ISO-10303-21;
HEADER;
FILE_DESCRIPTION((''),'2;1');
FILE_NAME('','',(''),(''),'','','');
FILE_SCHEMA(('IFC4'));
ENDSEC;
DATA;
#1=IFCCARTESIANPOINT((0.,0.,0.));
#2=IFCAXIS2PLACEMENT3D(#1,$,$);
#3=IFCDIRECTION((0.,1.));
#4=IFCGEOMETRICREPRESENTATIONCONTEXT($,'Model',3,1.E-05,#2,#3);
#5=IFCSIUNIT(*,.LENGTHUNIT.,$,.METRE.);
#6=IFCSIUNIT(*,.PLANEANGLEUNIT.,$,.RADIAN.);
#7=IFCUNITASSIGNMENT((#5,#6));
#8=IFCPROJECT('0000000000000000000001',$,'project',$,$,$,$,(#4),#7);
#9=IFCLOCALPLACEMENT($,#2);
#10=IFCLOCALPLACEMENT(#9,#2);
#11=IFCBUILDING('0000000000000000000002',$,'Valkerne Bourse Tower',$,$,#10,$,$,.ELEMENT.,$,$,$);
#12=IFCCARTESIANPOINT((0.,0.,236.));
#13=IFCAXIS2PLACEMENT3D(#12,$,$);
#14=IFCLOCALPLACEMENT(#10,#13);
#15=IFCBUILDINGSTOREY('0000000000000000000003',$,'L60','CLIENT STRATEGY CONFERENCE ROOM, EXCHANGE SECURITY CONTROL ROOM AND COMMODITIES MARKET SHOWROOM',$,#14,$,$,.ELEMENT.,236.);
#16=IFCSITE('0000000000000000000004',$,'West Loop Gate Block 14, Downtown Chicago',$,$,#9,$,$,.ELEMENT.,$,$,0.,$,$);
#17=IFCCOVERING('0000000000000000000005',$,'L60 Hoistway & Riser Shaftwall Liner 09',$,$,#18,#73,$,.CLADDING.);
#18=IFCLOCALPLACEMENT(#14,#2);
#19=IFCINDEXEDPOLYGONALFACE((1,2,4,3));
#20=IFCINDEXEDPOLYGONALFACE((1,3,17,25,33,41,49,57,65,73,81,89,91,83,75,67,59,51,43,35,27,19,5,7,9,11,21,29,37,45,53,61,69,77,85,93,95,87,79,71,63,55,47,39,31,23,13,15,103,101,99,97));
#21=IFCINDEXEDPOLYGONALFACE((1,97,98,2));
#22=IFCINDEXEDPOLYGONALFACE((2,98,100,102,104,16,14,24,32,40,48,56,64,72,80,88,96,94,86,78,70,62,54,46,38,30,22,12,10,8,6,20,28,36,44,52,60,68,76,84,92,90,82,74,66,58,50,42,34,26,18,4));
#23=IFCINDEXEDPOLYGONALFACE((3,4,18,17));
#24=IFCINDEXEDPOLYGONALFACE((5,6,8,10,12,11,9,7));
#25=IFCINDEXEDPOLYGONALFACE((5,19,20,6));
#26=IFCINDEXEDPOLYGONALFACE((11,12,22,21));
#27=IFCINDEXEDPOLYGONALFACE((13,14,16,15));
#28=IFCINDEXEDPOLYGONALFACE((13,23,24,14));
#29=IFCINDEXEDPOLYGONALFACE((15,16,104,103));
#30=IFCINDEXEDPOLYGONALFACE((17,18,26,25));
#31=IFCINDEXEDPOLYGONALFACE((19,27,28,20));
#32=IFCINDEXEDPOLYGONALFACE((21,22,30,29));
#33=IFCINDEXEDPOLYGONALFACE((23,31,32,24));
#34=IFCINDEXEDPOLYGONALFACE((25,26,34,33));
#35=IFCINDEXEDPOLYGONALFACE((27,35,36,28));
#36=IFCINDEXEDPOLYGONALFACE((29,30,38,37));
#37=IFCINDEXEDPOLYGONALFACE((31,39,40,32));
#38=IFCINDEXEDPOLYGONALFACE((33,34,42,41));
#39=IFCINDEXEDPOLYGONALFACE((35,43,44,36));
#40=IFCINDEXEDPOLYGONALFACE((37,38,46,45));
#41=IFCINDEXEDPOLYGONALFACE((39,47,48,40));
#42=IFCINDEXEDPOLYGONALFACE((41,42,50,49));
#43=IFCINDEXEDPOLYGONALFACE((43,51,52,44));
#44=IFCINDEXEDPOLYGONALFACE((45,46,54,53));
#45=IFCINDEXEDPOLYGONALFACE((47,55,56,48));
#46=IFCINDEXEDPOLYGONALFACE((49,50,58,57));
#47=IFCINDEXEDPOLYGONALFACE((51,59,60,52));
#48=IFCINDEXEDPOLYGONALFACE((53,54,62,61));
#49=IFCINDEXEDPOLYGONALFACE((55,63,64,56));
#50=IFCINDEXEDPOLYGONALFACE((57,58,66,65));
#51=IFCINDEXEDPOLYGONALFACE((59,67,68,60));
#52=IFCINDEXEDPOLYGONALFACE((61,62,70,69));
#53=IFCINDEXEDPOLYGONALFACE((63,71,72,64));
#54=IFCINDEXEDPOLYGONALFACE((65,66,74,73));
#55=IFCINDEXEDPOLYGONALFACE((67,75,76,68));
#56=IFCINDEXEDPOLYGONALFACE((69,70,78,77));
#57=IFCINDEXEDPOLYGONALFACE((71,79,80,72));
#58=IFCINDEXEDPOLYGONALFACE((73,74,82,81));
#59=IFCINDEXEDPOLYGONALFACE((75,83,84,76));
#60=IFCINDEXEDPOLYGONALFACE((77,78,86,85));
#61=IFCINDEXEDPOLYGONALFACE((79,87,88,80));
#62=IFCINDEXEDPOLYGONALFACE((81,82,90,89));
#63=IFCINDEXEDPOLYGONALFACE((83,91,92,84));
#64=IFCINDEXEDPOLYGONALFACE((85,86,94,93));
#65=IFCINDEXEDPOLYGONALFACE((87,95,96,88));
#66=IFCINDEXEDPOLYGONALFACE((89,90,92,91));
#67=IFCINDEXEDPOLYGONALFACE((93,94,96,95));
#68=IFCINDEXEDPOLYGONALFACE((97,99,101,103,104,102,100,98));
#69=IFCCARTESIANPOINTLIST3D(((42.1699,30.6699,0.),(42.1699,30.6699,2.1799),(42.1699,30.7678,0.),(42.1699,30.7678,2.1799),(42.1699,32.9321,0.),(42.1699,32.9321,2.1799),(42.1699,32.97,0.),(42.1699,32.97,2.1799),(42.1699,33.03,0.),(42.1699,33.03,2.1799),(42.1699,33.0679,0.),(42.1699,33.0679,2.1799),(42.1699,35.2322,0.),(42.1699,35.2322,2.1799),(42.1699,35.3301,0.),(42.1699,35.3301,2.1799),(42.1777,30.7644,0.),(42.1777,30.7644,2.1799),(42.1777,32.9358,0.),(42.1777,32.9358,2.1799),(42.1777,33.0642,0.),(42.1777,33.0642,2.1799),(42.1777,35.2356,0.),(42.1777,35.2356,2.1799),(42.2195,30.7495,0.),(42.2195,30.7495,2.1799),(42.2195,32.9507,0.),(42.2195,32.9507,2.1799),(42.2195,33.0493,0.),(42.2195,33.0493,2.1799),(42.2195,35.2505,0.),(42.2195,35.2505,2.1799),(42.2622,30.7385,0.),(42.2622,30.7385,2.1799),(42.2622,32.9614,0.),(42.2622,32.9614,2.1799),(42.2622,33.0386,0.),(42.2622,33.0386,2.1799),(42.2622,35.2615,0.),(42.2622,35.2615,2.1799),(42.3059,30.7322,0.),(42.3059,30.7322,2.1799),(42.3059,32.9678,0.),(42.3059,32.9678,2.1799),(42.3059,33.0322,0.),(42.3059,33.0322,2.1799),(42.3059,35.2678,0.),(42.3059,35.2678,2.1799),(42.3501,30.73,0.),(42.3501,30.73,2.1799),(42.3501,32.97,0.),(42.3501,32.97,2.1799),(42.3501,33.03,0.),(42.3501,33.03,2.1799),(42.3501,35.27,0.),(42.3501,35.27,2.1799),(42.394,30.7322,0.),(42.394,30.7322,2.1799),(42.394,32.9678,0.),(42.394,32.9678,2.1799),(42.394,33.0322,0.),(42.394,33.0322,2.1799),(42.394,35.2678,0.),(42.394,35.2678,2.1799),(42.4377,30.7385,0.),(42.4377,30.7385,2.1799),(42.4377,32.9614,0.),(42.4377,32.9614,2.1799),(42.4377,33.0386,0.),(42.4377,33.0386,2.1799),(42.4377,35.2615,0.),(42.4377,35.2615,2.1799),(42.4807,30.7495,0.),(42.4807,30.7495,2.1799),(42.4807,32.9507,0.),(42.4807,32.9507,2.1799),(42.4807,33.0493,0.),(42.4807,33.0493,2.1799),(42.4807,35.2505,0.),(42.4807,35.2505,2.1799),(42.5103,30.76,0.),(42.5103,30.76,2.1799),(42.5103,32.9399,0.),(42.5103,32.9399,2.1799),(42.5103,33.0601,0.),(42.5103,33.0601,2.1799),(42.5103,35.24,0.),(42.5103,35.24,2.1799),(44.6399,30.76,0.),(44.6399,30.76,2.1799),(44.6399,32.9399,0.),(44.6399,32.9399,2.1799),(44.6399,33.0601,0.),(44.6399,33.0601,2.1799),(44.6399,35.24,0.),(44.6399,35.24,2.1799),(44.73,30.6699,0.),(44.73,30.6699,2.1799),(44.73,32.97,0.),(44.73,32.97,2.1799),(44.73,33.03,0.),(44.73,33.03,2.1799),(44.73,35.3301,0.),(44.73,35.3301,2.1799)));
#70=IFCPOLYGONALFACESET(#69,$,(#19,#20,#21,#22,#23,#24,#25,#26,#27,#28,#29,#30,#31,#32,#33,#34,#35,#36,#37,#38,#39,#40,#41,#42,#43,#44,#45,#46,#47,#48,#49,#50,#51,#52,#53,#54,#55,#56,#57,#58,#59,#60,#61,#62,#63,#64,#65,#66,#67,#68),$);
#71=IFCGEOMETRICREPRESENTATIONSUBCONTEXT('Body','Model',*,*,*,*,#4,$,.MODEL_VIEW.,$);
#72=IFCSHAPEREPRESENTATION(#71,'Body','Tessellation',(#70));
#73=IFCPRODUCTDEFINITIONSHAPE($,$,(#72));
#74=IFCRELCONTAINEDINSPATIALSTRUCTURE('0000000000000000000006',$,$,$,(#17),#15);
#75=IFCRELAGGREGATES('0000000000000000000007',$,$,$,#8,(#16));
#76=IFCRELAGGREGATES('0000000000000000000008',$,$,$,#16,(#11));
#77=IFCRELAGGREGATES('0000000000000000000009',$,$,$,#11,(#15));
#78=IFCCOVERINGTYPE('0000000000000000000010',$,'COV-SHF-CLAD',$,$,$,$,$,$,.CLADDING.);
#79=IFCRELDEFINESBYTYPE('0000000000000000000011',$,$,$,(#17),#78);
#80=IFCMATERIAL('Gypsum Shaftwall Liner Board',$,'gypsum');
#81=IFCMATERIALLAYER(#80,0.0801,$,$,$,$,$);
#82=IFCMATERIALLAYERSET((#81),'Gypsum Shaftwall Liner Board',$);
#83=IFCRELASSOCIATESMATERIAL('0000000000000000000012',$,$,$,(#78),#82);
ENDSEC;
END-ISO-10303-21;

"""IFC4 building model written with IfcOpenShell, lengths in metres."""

from ifc_helpers import new_model, si_unit, direction, frame, origin, place, context, subcontext, project, spatial, polyline, outline, extrude, material, layer, layer_set, type_object, element, save


model = new_model("IFC4")

# Units and contexts
model_context = context("Model", 3, precision=1e-05, world=origin(), true_north=direction((0.0, 1.0)))
body_context = subcontext(model_context, "Body", "Model", "MODEL_VIEW")
ifc_project = project(units=[si_unit("LENGTHUNIT", "METRE"), si_unit("PLANEANGLEUNIT", "RADIAN")], contexts=[model_context])

# Site, building, storey
site_placement = place(None, origin())
site = spatial("IfcSite", under=ifc_project, at=site_placement, Name="West Loop Gate Block 14, Downtown Chicago", CompositionType="ELEMENT", RefElevation=0.0)
building_placement = place(site_placement, origin())
building = spatial("IfcBuilding", under=site, at=building_placement, Name="Valkerne Bourse Tower", CompositionType="ELEMENT")
storey_placement = place(building_placement, frame((0.0, 0.0, 236.0)))
storey = spatial("IfcBuildingStorey", under=building, at=storey_placement, Name="L60", Description="CLIENT STRATEGY CONFERENCE ROOM, EXCHANGE SECURITY CONTROL ROOM AND COMMODITIES MARKET SHOWROOM", CompositionType="ELEMENT", Elevation=236.0)

# Covering
ifc_material_1 = material(Name="Gypsum Shaftwall Liner Board", Category="gypsum")
ifc_layer_1 = layer(ifc_material_1, 0.0801)
ifc_layer_set_1 = layer_set([ifc_layer_1], Name="Gypsum Shaftwall Liner Board")
covering_type_1 = type_object("IfcCoveringType", Name="COV-SHF-CLAD", PredefinedType="CLADDING", material=ifc_layer_set_1)
covering_1_placement = place(storey_placement, origin())
element("IfcCovering", 1, at=covering_1_placement, inside=storey, type_object=covering_type_1, Name="L60 Hoistway & Riser Shaftwall Liner 09", PredefinedType="CLADDING", context=body_context, shape_type="SweptSolid", body=[
    extrude(outline(polyline([(42.1699, 33.0679), (42.1777, 33.0642), (42.2195, 33.0493), (42.2622, 33.0386), (42.3059, 33.0322), (42.3501, 33.03), (42.394, 33.0322), (42.4377, 33.0386), (42.4807, 33.0493), (42.5103, 33.0601), (44.6399, 33.0601), (44.6399, 35.24), (42.5103, 35.24), (42.4807, 35.2505), (42.4377, 35.2615), (42.394, 35.2678), (42.3501, 35.27), (42.3059, 35.2678), (42.2622, 35.2615), (42.2195, 35.2505), (42.1777, 35.2356), (42.1699, 35.2322), (42.1699, 35.3301), (44.73, 35.3301), (44.73, 33.03), (44.73, 32.97), (44.73, 30.6699), (42.1699, 30.6699), (42.1699, 30.7678), (42.1777, 30.7644), (42.2195, 30.7495), (42.2622, 30.7385), (42.3059, 30.7322), (42.3501, 30.73), (42.394, 30.7322), (42.4377, 30.7385), (42.4807, 30.7495), (42.5103, 30.76), (44.6399, 30.76), (44.6399, 32.9399), (42.5103, 32.9399), (42.4807, 32.9507), (42.4377, 32.9614), (42.394, 32.9678), (42.3501, 32.97), (42.3059, 32.9678), (42.2622, 32.9614), (42.2195, 32.9507), (42.1777, 32.9358), (42.1699, 32.9321), (42.1699, 32.97), (42.1699, 33.03), (42.1699, 33.0679)])), origin(), (0.0, 0.0, 1.0), 2.1799),
])

save(model, "model.ifc")
